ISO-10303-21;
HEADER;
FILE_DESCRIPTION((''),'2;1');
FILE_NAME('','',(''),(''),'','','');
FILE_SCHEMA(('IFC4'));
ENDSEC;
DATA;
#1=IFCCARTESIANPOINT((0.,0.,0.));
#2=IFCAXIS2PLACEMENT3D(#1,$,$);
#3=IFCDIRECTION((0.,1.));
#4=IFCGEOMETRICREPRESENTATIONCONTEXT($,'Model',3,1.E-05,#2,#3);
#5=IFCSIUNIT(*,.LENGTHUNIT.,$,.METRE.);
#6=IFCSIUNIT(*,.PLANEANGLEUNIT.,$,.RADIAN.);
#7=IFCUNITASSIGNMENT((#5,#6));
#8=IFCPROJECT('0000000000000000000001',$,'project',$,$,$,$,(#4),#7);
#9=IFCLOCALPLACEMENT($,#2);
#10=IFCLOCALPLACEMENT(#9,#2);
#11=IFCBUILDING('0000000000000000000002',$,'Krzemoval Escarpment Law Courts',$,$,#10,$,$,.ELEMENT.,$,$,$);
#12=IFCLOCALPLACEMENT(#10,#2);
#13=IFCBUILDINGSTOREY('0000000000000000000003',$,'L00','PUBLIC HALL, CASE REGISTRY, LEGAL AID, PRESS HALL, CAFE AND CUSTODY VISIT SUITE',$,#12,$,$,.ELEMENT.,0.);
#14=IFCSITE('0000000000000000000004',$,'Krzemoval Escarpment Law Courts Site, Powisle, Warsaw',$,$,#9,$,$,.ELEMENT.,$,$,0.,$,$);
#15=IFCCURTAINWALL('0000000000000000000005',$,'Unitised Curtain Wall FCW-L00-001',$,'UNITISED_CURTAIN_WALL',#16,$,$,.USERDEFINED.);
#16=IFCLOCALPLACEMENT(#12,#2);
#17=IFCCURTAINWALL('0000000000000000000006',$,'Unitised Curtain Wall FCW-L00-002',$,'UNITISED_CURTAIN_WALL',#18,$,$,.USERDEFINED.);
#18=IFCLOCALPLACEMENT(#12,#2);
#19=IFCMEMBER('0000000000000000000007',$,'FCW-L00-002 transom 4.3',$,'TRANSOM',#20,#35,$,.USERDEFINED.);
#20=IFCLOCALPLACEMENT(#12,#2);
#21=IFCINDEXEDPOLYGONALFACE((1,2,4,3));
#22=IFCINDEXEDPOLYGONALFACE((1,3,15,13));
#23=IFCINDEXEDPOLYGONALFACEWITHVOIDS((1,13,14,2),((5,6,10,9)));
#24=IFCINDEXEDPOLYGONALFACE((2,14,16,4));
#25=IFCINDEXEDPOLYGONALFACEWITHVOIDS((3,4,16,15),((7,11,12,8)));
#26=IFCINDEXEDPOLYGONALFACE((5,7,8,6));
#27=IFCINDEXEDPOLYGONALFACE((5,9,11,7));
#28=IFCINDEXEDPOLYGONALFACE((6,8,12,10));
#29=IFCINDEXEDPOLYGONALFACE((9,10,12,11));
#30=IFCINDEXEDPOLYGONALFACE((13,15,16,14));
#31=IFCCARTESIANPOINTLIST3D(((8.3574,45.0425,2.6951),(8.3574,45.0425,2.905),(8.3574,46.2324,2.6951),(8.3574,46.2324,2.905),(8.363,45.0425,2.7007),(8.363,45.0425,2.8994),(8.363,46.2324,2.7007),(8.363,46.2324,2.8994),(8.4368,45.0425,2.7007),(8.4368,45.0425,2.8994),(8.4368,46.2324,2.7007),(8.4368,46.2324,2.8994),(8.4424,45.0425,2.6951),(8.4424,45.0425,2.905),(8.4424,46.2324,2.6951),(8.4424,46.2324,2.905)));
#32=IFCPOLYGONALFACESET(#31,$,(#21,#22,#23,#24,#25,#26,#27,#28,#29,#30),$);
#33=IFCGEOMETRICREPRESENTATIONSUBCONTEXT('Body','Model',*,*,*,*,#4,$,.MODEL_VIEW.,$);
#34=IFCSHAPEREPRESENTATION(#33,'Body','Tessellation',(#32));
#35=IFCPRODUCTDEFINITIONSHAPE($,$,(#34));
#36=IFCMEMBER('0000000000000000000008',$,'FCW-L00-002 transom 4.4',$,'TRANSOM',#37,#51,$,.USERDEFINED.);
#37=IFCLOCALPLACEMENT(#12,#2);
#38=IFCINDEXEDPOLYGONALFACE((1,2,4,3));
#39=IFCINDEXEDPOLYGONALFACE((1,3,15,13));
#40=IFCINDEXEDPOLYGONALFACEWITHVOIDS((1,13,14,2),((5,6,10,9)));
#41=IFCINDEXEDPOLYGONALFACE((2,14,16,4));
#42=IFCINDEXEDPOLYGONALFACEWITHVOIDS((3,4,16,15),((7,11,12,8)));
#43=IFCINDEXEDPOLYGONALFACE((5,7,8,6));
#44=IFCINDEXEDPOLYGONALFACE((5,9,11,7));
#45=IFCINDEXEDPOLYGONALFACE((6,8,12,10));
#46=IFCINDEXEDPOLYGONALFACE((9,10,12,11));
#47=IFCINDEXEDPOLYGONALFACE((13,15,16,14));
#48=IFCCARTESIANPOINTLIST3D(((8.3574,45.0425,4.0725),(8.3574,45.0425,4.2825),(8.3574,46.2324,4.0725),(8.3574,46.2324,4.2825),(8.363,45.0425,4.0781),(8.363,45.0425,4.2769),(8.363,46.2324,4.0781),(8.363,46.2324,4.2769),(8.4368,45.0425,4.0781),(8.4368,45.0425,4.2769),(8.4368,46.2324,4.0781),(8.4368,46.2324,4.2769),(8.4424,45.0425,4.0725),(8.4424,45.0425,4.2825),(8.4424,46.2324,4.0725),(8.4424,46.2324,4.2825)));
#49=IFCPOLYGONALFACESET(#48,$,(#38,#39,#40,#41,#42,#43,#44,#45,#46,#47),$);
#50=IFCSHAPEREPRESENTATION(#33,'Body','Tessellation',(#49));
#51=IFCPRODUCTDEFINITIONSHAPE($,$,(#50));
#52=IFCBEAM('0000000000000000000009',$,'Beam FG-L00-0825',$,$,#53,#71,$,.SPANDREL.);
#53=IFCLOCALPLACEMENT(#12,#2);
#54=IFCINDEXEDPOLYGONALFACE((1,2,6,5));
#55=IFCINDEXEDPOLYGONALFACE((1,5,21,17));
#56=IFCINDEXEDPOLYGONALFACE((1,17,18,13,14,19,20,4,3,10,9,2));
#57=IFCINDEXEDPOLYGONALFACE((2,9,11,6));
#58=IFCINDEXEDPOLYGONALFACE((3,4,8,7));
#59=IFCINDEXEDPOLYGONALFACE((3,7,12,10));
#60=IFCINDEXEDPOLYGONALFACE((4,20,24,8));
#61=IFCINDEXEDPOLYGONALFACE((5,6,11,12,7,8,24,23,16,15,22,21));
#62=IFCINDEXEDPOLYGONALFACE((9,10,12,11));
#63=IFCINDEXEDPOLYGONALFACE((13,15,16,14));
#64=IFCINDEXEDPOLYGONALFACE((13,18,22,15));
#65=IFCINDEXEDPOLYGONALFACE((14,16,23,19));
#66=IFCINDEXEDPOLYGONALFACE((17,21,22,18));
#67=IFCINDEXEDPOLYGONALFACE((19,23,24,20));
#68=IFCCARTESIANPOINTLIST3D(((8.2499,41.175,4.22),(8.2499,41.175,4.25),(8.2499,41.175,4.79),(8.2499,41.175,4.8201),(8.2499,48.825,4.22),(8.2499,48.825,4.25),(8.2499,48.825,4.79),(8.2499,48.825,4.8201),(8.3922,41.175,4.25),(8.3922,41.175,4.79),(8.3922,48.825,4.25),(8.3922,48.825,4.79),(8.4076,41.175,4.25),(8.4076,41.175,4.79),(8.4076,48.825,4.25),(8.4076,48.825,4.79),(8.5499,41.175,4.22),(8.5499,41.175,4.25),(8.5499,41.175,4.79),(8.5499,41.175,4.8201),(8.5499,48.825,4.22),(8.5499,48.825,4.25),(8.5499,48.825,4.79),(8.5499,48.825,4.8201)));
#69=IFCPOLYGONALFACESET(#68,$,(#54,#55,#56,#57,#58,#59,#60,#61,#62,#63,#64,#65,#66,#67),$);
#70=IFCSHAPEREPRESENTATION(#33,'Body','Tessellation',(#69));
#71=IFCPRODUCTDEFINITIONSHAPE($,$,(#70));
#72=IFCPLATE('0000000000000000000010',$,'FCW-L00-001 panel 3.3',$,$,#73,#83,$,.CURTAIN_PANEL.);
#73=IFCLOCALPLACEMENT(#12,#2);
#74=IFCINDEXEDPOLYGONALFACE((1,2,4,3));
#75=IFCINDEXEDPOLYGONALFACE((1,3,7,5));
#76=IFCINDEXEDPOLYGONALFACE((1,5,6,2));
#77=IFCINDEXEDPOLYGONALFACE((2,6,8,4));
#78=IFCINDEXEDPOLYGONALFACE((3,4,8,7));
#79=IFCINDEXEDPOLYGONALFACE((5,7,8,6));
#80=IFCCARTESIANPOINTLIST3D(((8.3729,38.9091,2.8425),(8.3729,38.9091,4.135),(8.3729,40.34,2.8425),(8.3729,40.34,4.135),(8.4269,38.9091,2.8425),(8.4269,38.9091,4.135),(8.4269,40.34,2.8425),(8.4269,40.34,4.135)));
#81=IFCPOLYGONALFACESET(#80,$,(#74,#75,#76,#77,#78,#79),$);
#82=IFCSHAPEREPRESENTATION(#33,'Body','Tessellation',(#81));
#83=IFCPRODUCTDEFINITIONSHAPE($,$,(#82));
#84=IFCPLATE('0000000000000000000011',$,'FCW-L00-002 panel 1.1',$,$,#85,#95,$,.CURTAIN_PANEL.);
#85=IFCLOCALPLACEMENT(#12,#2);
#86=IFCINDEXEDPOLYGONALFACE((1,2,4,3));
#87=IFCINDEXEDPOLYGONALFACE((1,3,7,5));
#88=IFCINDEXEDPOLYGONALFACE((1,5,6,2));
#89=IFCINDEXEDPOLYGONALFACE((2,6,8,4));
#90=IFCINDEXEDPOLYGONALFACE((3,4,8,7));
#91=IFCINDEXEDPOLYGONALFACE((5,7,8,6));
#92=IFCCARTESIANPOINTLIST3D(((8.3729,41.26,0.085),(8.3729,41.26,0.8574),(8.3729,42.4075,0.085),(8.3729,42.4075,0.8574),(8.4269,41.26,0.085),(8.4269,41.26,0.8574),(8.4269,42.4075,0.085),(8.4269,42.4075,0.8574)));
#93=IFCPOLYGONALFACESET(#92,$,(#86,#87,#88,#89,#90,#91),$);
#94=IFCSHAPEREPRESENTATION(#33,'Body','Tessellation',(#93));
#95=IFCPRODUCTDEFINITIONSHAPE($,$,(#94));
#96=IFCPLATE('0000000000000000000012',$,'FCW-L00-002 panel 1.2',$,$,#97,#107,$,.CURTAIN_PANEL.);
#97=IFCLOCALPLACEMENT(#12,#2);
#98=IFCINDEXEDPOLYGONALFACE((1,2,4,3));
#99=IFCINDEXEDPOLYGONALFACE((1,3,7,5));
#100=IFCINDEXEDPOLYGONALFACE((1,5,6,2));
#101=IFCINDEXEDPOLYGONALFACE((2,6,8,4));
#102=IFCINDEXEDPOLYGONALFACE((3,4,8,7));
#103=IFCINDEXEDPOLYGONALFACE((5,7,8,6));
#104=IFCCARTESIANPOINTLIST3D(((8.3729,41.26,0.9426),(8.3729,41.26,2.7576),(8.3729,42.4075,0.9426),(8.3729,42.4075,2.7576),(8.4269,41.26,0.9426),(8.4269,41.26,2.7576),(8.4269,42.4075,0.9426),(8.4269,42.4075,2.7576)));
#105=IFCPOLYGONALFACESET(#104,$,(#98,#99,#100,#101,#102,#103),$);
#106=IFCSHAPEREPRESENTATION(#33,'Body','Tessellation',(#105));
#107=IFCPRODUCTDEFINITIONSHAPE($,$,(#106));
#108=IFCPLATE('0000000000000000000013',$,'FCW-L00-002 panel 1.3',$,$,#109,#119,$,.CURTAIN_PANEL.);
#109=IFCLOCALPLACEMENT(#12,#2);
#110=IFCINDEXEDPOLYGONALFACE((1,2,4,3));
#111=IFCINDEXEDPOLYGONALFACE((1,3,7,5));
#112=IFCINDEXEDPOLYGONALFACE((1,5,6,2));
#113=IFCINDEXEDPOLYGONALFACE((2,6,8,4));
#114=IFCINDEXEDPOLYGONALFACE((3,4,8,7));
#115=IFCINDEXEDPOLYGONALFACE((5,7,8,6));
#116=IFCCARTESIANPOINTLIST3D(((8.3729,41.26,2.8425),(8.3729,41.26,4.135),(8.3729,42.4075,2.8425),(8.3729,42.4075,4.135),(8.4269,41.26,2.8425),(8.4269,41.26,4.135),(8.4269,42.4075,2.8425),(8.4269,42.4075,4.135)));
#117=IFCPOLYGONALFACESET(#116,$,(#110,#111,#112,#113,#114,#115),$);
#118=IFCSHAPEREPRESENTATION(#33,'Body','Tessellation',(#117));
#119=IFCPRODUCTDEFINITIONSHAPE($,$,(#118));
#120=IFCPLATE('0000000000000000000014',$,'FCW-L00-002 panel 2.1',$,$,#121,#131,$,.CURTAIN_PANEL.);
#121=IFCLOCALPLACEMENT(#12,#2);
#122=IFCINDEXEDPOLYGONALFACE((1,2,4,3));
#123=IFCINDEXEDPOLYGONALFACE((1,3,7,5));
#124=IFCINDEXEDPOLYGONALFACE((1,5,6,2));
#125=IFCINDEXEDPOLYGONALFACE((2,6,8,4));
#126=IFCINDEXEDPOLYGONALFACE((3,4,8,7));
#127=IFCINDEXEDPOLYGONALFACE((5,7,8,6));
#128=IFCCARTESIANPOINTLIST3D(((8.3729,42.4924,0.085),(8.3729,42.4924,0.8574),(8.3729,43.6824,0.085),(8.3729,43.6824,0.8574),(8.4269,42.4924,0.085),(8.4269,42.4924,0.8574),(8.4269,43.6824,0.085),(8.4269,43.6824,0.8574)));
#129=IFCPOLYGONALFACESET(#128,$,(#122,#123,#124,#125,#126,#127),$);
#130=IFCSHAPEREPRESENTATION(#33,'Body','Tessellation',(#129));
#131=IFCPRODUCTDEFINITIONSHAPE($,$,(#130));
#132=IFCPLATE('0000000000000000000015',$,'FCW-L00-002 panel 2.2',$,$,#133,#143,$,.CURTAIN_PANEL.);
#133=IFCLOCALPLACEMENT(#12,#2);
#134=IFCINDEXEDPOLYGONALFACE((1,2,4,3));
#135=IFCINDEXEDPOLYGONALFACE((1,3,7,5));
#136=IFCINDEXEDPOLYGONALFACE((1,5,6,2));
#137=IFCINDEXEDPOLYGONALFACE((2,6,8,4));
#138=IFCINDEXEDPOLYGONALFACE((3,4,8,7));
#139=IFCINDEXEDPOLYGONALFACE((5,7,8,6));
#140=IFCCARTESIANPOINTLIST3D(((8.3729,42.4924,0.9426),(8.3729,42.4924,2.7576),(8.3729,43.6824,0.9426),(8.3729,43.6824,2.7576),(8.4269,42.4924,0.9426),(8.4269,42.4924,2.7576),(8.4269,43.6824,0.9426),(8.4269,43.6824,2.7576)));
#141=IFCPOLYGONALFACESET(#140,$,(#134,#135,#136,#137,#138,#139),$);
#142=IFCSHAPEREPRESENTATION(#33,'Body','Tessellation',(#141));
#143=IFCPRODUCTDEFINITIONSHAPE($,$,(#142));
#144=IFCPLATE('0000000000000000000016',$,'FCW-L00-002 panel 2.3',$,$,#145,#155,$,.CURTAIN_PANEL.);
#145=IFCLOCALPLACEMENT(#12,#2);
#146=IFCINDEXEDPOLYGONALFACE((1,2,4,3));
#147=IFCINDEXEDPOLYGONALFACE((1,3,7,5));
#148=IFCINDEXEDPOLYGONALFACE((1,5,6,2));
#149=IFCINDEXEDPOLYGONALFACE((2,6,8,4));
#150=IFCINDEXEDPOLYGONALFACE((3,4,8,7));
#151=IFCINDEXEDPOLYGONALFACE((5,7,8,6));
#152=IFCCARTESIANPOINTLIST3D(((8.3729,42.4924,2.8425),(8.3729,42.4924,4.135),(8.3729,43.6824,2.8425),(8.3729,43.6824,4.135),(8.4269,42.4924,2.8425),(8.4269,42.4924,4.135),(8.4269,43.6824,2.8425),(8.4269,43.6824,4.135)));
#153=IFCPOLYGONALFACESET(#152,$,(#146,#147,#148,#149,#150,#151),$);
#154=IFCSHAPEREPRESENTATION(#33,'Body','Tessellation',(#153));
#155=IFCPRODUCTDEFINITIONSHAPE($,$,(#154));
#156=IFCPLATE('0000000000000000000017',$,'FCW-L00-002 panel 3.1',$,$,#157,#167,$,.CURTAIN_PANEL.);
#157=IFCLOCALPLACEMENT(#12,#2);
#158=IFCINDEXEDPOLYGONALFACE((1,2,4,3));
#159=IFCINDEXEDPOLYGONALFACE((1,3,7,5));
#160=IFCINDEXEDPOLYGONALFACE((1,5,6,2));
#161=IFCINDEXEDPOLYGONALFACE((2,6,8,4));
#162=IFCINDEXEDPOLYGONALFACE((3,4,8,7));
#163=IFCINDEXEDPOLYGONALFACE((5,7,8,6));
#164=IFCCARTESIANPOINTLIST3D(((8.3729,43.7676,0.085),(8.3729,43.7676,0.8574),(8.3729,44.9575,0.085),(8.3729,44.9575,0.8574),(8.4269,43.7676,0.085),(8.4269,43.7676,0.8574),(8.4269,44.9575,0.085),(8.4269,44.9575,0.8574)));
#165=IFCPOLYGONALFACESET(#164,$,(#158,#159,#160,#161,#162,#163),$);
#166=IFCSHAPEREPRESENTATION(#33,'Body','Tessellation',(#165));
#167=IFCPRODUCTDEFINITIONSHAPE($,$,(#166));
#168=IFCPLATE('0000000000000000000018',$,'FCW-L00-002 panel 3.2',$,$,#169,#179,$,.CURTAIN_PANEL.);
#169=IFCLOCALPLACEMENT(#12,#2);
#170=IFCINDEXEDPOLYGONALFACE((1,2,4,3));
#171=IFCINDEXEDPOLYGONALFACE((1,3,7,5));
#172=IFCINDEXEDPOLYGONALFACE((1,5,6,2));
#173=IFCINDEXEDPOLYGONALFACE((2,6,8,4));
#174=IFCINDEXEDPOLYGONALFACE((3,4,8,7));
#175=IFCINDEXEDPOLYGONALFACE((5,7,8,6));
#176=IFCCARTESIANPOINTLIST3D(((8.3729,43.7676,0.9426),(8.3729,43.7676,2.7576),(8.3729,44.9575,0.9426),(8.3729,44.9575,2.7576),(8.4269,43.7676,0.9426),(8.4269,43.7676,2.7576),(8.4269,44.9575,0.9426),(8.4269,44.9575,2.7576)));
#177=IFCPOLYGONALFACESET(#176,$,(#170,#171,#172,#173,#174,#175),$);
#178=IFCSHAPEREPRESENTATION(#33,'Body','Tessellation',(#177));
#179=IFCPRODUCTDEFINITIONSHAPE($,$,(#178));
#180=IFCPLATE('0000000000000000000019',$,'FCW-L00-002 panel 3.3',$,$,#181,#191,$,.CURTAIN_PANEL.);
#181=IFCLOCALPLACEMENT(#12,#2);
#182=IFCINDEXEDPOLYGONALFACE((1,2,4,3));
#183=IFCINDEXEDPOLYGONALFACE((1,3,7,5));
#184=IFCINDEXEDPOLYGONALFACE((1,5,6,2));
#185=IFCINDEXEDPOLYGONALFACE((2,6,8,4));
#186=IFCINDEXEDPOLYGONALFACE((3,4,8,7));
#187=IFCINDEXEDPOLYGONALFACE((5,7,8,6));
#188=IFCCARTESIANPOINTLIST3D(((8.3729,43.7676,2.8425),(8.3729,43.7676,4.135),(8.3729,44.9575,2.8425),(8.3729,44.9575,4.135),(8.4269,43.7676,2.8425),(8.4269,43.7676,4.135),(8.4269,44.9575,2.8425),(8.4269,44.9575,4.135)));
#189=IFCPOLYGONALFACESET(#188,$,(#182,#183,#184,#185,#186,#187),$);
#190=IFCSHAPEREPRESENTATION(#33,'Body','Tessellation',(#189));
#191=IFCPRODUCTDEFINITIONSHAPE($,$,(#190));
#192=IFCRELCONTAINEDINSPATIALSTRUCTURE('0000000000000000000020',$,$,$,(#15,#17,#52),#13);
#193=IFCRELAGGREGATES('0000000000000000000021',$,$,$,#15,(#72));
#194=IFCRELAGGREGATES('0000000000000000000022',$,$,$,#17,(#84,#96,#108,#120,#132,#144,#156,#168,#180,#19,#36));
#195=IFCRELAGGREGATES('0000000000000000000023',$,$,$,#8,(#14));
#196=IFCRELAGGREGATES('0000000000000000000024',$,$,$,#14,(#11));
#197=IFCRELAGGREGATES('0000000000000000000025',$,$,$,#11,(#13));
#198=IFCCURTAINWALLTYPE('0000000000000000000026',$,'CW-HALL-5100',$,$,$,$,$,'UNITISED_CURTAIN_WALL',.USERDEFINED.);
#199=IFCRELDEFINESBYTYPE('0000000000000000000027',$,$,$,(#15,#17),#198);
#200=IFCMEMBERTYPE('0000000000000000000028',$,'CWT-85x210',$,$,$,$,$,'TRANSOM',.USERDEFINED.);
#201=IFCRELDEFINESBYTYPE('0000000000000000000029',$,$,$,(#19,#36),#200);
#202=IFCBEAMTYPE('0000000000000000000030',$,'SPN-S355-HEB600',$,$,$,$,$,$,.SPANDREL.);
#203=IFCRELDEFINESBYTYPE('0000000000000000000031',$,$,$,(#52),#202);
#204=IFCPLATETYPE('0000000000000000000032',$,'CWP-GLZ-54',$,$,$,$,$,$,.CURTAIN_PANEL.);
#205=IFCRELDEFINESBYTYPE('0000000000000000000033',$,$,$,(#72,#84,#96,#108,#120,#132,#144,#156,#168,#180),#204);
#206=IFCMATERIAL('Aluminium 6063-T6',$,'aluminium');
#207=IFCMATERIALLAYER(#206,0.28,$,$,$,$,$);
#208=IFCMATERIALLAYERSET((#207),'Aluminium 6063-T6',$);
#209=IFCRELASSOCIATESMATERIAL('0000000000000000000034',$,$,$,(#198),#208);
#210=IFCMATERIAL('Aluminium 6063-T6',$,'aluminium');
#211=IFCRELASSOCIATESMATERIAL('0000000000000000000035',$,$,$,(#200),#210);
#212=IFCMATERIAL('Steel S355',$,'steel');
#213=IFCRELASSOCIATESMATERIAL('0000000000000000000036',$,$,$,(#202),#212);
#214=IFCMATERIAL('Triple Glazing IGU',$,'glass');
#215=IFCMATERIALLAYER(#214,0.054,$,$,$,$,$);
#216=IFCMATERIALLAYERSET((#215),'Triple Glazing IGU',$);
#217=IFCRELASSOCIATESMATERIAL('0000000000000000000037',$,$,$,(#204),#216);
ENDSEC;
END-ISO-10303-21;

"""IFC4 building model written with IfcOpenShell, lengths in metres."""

from ifc_helpers import new_model, si_unit, direction, frame, origin, origin_2d, place, context, subcontext, project, spatial, rectangle, hollow_rectangle, i_section, extrude, material, layer, layer_set, material_profile, profile_set, type_object, element, aggregate, save


model = new_model("IFC4")

# Units and contexts
model_context = context("Model", 3, precision=1e-05, world=origin(), true_north=direction((0.0, 1.0)))
body_context = subcontext(model_context, "Body", "Model", "MODEL_VIEW")
ifc_project = project(units=[si_unit("LENGTHUNIT", "METRE"), si_unit("PLANEANGLEUNIT", "RADIAN")], contexts=[model_context])

# Site, building, storey
site_placement = place(None, origin())
site = spatial("IfcSite", under=ifc_project, at=site_placement, Name="Krzemoval Escarpment Law Courts Site, Powisle, Warsaw", CompositionType="ELEMENT", RefElevation=0.0)
building_placement = place(site_placement, origin())
building = spatial("IfcBuilding", under=site, at=building_placement, Name="Krzemoval Escarpment Law Courts", CompositionType="ELEMENT")
storey_placement = place(building_placement, origin())
storey = spatial("IfcBuildingStorey", under=building, at=storey_placement, Name="L00", Description="PUBLIC HALL, CASE REGISTRY, LEGAL AID, PRESS HALL, CAFE AND CUSTODY VISIT SUITE", CompositionType="ELEMENT", Elevation=0.0)

# Curtain wall
ifc_material_1 = material(Name="Aluminium 6063-T6", Category="aluminium")
ifc_layer_1 = layer(ifc_material_1, 0.28)
ifc_layer_set_1 = layer_set([ifc_layer_1], Name="Aluminium 6063-T6")
curtain_wall_type = type_object("IfcCurtainWallType", Name="CW-HALL-5100", ElementType="UNITISED_CURTAIN_WALL", PredefinedType="USERDEFINED", material=ifc_layer_set_1)
curtain_wall_1_placement = place(storey_placement, origin())
curtain_wall_1 = element("IfcCurtainWall", 1, at=curtain_wall_1_placement, inside=storey, type_object=curtain_wall_type, Name="Unitised Curtain Wall FCW-L00-001", ObjectType="UNITISED_CURTAIN_WALL", PredefinedType="USERDEFINED")

# Curtain wall, members
curtain_wall_2_placement = place(storey_placement, origin())
curtain_wall_2 = element("IfcCurtainWall", 2, at=curtain_wall_2_placement, inside=storey, type_object=curtain_wall_type, Name="Unitised Curtain Wall FCW-L00-002", ObjectType="UNITISED_CURTAIN_WALL", PredefinedType="USERDEFINED")
ifc_material_2 = material(Name="Aluminium 6063-T6", Category="aluminium")
ifc_material_profile_1 = material_profile(ifc_material_2, hollow_rectangle(XDim=0.085, YDim=0.21, WallThickness=0.0056, at=origin_2d()), Name="ALU T85x210")
ifc_profile_set_1 = profile_set([ifc_material_profile_1], Name="Aluminium 6063-T6")
member_type_1 = type_object("IfcMemberType", Name="CWT-85x210", ElementType="TRANSOM", PredefinedType="USERDEFINED", material=ifc_profile_set_1)
member_1_placement = place(storey_placement, frame((8.3999, 45.0425, 2.8), z_axis=(0.0, 1.0, 0.0), x_axis=(-1.0, 0.0, 0.0)))
member_1 = element("IfcMember", 3, at=member_1_placement, type_object=member_type_1, Name="FCW-L00-002 transom 4.3", ObjectType="TRANSOM", PredefinedType="USERDEFINED", context=body_context, shape_type="SweptSolid", body=[
    extrude(hollow_rectangle(XDim=0.085, YDim=0.21, WallThickness=0.0056, at=origin_2d()), origin(), (0.0, 0.0, 1.0), 1.1899),
])
member_2_placement = place(storey_placement, frame((8.3999, 45.0425, 4.1775), z_axis=(0.0, 1.0, 0.0), x_axis=(-1.0, 0.0, 0.0)))
member_2 = element("IfcMember", 4, at=member_2_placement, type_object=member_type_1, Name="FCW-L00-002 transom 4.4", ObjectType="TRANSOM", PredefinedType="USERDEFINED", context=body_context, shape_type="SweptSolid", body=[
    extrude(hollow_rectangle(XDim=0.085, YDim=0.21, WallThickness=0.0056, at=origin_2d()), origin(), (0.0, 0.0, 1.0), 1.1899),
])

# Beam
ifc_material_3 = material(Name="Steel S355", Category="steel")
ifc_material_profile_2 = material_profile(ifc_material_3, i_section(OverallWidth=0.3, OverallDepth=0.6001, WebThickness=0.0154, FlangeThickness=0.03, at=origin_2d()), Name="HEB 600")
ifc_profile_set_2 = profile_set([ifc_material_profile_2], Name="Steel S355")
beam_type = type_object("IfcBeamType", Name="SPN-S355-HEB600", PredefinedType="SPANDREL", material=ifc_profile_set_2)
beam_placement = place(storey_placement, frame((8.3999, 41.175, 4.52), z_axis=(0.0, 1.0, 0.0), x_axis=(-1.0, 0.0, 0.0)))
element("IfcBeam", 5, at=beam_placement, inside=storey, type_object=beam_type, Name="Beam FG-L00-0825", PredefinedType="SPANDREL", context=body_context, shape_type="SweptSolid", body=[
    extrude(i_section(OverallWidth=0.3, OverallDepth=0.6001, WebThickness=0.0154, FlangeThickness=0.03, at=origin_2d()), origin(), (0.0, 0.0, 1.0), 7.6499),
])

# Plates
ifc_material_4 = material(Name="Triple Glazing IGU", Category="glass")
ifc_layer_2 = layer(ifc_material_4, 0.054)
ifc_layer_set_2 = layer_set([ifc_layer_2], Name="Triple Glazing IGU")
plate_type = type_object("IfcPlateType", Name="CWP-GLZ-54", PredefinedType="CURTAIN_PANEL", material=ifc_layer_set_2)
plate_1_placement = place(storey_placement, frame((8.3999, 39.6245, 2.8425), z_axis=(0.0, 0.0, 1.0), x_axis=(0.0, 1.0, 0.0)))
plate_1 = element("IfcPlate", 6, at=plate_1_placement, type_object=plate_type, Name="FCW-L00-001 panel 3.3", PredefinedType="CURTAIN_PANEL", context=body_context, shape_type="SweptSolid", body=[
    extrude(rectangle(XDim=1.4309, YDim=0.054, at=origin_2d()), origin(), (0.0, 0.0, 1.0), 1.2925),
])
aggregate(curtain_wall_1, [plate_1])
plate_2_placement = place(storey_placement, frame((8.3999, 41.8337, 0.085), z_axis=(0.0, 0.0, 1.0), x_axis=(0.0, 1.0, 0.0)))
plate_2 = element("IfcPlate", 7, at=plate_2_placement, type_object=plate_type, Name="FCW-L00-002 panel 1.1", PredefinedType="CURTAIN_PANEL", context=body_context, shape_type="SweptSolid", body=[
    extrude(rectangle(XDim=1.1475, YDim=0.054, at=origin_2d()), origin(), (0.0, 0.0, 1.0), 0.7725),
])
plate_3_placement = place(storey_placement, frame((8.3999, 41.8337, 0.9426), z_axis=(0.0, 0.0, 1.0), x_axis=(0.0, 1.0, 0.0)))
plate_3 = element("IfcPlate", 8, at=plate_3_placement, type_object=plate_type, Name="FCW-L00-002 panel 1.2", PredefinedType="CURTAIN_PANEL", context=body_context, shape_type="SweptSolid", body=[
    extrude(rectangle(XDim=1.1475, YDim=0.054, at=origin_2d()), origin(), (0.0, 0.0, 1.0), 1.8149),
])
plate_4_placement = place(storey_placement, frame((8.3999, 41.8337, 2.8425), z_axis=(0.0, 0.0, 1.0), x_axis=(0.0, 1.0, 0.0)))
plate_4 = element("IfcPlate", 9, at=plate_4_placement, type_object=plate_type, Name="FCW-L00-002 panel 1.3", PredefinedType="CURTAIN_PANEL", context=body_context, shape_type="SweptSolid", body=[
    extrude(rectangle(XDim=1.1475, YDim=0.054, at=origin_2d()), origin(), (0.0, 0.0, 1.0), 1.2925),
])
plate_5_placement = place(storey_placement, frame((8.3999, 43.0874, 0.085), z_axis=(0.0, 0.0, 1.0), x_axis=(0.0, 1.0, 0.0)))
plate_5 = element("IfcPlate", 10, at=plate_5_placement, type_object=plate_type, Name="FCW-L00-002 panel 2.1", PredefinedType="CURTAIN_PANEL", context=body_context, shape_type="SweptSolid", body=[
    extrude(rectangle(XDim=1.1899, YDim=0.054, at=origin_2d()), origin(), (0.0, 0.0, 1.0), 0.7725),
])
plate_6_placement = place(storey_placement, frame((8.3999, 43.0874, 0.9426), z_axis=(0.0, 0.0, 1.0), x_axis=(0.0, 1.0, 0.0)))
plate_6 = element("IfcPlate", 11, at=plate_6_placement, type_object=plate_type, Name="FCW-L00-002 panel 2.2", PredefinedType="CURTAIN_PANEL", context=body_context, shape_type="SweptSolid", body=[
    extrude(rectangle(XDim=1.1899, YDim=0.054, at=origin_2d()), origin(), (0.0, 0.0, 1.0), 1.8149),
])
plate_7_placement = place(storey_placement, frame((8.3999, 43.0874, 2.8425), z_axis=(0.0, 0.0, 1.0), x_axis=(0.0, 1.0, 0.0)))
plate_7 = element("IfcPlate", 12, at=plate_7_placement, type_object=plate_type, Name="FCW-L00-002 panel 2.3", PredefinedType="CURTAIN_PANEL", context=body_context, shape_type="SweptSolid", body=[
    extrude(rectangle(XDim=1.1899, YDim=0.054, at=origin_2d()), origin(), (0.0, 0.0, 1.0), 1.2925),
])
plate_8_placement = place(storey_placement, frame((8.3999, 44.3625, 0.085), z_axis=(0.0, 0.0, 1.0), x_axis=(0.0, 1.0, 0.0)))
plate_8 = element("IfcPlate", 13, at=plate_8_placement, type_object=plate_type, Name="FCW-L00-002 panel 3.1", PredefinedType="CURTAIN_PANEL", context=body_context, shape_type="SweptSolid", body=[
    extrude(rectangle(XDim=1.1899, YDim=0.054, at=origin_2d()), origin(), (0.0, 0.0, 1.0), 0.7725),
])
plate_9_placement = place(storey_placement, frame((8.3999, 44.3625, 0.9426), z_axis=(0.0, 0.0, 1.0), x_axis=(0.0, 1.0, 0.0)))
plate_9 = element("IfcPlate", 14, at=plate_9_placement, type_object=plate_type, Name="FCW-L00-002 panel 3.2", PredefinedType="CURTAIN_PANEL", context=body_context, shape_type="SweptSolid", body=[
    extrude(rectangle(XDim=1.1899, YDim=0.054, at=origin_2d()), origin(), (0.0, 0.0, 1.0), 1.8149),
])
plate_10_placement = place(storey_placement, frame((8.3999, 44.3625, 2.8425), z_axis=(0.0, 0.0, 1.0), x_axis=(0.0, 1.0, 0.0)))
plate_10 = element("IfcPlate", 15, at=plate_10_placement, type_object=plate_type, Name="FCW-L00-002 panel 3.3", PredefinedType="CURTAIN_PANEL", context=body_context, shape_type="SweptSolid", body=[
    extrude(rectangle(XDim=1.1899, YDim=0.054, at=origin_2d()), origin(), (0.0, 0.0, 1.0), 1.2925),
])
aggregate(curtain_wall_2, [plate_2, plate_3, plate_4, plate_5, plate_6, plate_7, plate_8, plate_9, plate_10, member_1, member_2])

save(model, "model.ifc")
